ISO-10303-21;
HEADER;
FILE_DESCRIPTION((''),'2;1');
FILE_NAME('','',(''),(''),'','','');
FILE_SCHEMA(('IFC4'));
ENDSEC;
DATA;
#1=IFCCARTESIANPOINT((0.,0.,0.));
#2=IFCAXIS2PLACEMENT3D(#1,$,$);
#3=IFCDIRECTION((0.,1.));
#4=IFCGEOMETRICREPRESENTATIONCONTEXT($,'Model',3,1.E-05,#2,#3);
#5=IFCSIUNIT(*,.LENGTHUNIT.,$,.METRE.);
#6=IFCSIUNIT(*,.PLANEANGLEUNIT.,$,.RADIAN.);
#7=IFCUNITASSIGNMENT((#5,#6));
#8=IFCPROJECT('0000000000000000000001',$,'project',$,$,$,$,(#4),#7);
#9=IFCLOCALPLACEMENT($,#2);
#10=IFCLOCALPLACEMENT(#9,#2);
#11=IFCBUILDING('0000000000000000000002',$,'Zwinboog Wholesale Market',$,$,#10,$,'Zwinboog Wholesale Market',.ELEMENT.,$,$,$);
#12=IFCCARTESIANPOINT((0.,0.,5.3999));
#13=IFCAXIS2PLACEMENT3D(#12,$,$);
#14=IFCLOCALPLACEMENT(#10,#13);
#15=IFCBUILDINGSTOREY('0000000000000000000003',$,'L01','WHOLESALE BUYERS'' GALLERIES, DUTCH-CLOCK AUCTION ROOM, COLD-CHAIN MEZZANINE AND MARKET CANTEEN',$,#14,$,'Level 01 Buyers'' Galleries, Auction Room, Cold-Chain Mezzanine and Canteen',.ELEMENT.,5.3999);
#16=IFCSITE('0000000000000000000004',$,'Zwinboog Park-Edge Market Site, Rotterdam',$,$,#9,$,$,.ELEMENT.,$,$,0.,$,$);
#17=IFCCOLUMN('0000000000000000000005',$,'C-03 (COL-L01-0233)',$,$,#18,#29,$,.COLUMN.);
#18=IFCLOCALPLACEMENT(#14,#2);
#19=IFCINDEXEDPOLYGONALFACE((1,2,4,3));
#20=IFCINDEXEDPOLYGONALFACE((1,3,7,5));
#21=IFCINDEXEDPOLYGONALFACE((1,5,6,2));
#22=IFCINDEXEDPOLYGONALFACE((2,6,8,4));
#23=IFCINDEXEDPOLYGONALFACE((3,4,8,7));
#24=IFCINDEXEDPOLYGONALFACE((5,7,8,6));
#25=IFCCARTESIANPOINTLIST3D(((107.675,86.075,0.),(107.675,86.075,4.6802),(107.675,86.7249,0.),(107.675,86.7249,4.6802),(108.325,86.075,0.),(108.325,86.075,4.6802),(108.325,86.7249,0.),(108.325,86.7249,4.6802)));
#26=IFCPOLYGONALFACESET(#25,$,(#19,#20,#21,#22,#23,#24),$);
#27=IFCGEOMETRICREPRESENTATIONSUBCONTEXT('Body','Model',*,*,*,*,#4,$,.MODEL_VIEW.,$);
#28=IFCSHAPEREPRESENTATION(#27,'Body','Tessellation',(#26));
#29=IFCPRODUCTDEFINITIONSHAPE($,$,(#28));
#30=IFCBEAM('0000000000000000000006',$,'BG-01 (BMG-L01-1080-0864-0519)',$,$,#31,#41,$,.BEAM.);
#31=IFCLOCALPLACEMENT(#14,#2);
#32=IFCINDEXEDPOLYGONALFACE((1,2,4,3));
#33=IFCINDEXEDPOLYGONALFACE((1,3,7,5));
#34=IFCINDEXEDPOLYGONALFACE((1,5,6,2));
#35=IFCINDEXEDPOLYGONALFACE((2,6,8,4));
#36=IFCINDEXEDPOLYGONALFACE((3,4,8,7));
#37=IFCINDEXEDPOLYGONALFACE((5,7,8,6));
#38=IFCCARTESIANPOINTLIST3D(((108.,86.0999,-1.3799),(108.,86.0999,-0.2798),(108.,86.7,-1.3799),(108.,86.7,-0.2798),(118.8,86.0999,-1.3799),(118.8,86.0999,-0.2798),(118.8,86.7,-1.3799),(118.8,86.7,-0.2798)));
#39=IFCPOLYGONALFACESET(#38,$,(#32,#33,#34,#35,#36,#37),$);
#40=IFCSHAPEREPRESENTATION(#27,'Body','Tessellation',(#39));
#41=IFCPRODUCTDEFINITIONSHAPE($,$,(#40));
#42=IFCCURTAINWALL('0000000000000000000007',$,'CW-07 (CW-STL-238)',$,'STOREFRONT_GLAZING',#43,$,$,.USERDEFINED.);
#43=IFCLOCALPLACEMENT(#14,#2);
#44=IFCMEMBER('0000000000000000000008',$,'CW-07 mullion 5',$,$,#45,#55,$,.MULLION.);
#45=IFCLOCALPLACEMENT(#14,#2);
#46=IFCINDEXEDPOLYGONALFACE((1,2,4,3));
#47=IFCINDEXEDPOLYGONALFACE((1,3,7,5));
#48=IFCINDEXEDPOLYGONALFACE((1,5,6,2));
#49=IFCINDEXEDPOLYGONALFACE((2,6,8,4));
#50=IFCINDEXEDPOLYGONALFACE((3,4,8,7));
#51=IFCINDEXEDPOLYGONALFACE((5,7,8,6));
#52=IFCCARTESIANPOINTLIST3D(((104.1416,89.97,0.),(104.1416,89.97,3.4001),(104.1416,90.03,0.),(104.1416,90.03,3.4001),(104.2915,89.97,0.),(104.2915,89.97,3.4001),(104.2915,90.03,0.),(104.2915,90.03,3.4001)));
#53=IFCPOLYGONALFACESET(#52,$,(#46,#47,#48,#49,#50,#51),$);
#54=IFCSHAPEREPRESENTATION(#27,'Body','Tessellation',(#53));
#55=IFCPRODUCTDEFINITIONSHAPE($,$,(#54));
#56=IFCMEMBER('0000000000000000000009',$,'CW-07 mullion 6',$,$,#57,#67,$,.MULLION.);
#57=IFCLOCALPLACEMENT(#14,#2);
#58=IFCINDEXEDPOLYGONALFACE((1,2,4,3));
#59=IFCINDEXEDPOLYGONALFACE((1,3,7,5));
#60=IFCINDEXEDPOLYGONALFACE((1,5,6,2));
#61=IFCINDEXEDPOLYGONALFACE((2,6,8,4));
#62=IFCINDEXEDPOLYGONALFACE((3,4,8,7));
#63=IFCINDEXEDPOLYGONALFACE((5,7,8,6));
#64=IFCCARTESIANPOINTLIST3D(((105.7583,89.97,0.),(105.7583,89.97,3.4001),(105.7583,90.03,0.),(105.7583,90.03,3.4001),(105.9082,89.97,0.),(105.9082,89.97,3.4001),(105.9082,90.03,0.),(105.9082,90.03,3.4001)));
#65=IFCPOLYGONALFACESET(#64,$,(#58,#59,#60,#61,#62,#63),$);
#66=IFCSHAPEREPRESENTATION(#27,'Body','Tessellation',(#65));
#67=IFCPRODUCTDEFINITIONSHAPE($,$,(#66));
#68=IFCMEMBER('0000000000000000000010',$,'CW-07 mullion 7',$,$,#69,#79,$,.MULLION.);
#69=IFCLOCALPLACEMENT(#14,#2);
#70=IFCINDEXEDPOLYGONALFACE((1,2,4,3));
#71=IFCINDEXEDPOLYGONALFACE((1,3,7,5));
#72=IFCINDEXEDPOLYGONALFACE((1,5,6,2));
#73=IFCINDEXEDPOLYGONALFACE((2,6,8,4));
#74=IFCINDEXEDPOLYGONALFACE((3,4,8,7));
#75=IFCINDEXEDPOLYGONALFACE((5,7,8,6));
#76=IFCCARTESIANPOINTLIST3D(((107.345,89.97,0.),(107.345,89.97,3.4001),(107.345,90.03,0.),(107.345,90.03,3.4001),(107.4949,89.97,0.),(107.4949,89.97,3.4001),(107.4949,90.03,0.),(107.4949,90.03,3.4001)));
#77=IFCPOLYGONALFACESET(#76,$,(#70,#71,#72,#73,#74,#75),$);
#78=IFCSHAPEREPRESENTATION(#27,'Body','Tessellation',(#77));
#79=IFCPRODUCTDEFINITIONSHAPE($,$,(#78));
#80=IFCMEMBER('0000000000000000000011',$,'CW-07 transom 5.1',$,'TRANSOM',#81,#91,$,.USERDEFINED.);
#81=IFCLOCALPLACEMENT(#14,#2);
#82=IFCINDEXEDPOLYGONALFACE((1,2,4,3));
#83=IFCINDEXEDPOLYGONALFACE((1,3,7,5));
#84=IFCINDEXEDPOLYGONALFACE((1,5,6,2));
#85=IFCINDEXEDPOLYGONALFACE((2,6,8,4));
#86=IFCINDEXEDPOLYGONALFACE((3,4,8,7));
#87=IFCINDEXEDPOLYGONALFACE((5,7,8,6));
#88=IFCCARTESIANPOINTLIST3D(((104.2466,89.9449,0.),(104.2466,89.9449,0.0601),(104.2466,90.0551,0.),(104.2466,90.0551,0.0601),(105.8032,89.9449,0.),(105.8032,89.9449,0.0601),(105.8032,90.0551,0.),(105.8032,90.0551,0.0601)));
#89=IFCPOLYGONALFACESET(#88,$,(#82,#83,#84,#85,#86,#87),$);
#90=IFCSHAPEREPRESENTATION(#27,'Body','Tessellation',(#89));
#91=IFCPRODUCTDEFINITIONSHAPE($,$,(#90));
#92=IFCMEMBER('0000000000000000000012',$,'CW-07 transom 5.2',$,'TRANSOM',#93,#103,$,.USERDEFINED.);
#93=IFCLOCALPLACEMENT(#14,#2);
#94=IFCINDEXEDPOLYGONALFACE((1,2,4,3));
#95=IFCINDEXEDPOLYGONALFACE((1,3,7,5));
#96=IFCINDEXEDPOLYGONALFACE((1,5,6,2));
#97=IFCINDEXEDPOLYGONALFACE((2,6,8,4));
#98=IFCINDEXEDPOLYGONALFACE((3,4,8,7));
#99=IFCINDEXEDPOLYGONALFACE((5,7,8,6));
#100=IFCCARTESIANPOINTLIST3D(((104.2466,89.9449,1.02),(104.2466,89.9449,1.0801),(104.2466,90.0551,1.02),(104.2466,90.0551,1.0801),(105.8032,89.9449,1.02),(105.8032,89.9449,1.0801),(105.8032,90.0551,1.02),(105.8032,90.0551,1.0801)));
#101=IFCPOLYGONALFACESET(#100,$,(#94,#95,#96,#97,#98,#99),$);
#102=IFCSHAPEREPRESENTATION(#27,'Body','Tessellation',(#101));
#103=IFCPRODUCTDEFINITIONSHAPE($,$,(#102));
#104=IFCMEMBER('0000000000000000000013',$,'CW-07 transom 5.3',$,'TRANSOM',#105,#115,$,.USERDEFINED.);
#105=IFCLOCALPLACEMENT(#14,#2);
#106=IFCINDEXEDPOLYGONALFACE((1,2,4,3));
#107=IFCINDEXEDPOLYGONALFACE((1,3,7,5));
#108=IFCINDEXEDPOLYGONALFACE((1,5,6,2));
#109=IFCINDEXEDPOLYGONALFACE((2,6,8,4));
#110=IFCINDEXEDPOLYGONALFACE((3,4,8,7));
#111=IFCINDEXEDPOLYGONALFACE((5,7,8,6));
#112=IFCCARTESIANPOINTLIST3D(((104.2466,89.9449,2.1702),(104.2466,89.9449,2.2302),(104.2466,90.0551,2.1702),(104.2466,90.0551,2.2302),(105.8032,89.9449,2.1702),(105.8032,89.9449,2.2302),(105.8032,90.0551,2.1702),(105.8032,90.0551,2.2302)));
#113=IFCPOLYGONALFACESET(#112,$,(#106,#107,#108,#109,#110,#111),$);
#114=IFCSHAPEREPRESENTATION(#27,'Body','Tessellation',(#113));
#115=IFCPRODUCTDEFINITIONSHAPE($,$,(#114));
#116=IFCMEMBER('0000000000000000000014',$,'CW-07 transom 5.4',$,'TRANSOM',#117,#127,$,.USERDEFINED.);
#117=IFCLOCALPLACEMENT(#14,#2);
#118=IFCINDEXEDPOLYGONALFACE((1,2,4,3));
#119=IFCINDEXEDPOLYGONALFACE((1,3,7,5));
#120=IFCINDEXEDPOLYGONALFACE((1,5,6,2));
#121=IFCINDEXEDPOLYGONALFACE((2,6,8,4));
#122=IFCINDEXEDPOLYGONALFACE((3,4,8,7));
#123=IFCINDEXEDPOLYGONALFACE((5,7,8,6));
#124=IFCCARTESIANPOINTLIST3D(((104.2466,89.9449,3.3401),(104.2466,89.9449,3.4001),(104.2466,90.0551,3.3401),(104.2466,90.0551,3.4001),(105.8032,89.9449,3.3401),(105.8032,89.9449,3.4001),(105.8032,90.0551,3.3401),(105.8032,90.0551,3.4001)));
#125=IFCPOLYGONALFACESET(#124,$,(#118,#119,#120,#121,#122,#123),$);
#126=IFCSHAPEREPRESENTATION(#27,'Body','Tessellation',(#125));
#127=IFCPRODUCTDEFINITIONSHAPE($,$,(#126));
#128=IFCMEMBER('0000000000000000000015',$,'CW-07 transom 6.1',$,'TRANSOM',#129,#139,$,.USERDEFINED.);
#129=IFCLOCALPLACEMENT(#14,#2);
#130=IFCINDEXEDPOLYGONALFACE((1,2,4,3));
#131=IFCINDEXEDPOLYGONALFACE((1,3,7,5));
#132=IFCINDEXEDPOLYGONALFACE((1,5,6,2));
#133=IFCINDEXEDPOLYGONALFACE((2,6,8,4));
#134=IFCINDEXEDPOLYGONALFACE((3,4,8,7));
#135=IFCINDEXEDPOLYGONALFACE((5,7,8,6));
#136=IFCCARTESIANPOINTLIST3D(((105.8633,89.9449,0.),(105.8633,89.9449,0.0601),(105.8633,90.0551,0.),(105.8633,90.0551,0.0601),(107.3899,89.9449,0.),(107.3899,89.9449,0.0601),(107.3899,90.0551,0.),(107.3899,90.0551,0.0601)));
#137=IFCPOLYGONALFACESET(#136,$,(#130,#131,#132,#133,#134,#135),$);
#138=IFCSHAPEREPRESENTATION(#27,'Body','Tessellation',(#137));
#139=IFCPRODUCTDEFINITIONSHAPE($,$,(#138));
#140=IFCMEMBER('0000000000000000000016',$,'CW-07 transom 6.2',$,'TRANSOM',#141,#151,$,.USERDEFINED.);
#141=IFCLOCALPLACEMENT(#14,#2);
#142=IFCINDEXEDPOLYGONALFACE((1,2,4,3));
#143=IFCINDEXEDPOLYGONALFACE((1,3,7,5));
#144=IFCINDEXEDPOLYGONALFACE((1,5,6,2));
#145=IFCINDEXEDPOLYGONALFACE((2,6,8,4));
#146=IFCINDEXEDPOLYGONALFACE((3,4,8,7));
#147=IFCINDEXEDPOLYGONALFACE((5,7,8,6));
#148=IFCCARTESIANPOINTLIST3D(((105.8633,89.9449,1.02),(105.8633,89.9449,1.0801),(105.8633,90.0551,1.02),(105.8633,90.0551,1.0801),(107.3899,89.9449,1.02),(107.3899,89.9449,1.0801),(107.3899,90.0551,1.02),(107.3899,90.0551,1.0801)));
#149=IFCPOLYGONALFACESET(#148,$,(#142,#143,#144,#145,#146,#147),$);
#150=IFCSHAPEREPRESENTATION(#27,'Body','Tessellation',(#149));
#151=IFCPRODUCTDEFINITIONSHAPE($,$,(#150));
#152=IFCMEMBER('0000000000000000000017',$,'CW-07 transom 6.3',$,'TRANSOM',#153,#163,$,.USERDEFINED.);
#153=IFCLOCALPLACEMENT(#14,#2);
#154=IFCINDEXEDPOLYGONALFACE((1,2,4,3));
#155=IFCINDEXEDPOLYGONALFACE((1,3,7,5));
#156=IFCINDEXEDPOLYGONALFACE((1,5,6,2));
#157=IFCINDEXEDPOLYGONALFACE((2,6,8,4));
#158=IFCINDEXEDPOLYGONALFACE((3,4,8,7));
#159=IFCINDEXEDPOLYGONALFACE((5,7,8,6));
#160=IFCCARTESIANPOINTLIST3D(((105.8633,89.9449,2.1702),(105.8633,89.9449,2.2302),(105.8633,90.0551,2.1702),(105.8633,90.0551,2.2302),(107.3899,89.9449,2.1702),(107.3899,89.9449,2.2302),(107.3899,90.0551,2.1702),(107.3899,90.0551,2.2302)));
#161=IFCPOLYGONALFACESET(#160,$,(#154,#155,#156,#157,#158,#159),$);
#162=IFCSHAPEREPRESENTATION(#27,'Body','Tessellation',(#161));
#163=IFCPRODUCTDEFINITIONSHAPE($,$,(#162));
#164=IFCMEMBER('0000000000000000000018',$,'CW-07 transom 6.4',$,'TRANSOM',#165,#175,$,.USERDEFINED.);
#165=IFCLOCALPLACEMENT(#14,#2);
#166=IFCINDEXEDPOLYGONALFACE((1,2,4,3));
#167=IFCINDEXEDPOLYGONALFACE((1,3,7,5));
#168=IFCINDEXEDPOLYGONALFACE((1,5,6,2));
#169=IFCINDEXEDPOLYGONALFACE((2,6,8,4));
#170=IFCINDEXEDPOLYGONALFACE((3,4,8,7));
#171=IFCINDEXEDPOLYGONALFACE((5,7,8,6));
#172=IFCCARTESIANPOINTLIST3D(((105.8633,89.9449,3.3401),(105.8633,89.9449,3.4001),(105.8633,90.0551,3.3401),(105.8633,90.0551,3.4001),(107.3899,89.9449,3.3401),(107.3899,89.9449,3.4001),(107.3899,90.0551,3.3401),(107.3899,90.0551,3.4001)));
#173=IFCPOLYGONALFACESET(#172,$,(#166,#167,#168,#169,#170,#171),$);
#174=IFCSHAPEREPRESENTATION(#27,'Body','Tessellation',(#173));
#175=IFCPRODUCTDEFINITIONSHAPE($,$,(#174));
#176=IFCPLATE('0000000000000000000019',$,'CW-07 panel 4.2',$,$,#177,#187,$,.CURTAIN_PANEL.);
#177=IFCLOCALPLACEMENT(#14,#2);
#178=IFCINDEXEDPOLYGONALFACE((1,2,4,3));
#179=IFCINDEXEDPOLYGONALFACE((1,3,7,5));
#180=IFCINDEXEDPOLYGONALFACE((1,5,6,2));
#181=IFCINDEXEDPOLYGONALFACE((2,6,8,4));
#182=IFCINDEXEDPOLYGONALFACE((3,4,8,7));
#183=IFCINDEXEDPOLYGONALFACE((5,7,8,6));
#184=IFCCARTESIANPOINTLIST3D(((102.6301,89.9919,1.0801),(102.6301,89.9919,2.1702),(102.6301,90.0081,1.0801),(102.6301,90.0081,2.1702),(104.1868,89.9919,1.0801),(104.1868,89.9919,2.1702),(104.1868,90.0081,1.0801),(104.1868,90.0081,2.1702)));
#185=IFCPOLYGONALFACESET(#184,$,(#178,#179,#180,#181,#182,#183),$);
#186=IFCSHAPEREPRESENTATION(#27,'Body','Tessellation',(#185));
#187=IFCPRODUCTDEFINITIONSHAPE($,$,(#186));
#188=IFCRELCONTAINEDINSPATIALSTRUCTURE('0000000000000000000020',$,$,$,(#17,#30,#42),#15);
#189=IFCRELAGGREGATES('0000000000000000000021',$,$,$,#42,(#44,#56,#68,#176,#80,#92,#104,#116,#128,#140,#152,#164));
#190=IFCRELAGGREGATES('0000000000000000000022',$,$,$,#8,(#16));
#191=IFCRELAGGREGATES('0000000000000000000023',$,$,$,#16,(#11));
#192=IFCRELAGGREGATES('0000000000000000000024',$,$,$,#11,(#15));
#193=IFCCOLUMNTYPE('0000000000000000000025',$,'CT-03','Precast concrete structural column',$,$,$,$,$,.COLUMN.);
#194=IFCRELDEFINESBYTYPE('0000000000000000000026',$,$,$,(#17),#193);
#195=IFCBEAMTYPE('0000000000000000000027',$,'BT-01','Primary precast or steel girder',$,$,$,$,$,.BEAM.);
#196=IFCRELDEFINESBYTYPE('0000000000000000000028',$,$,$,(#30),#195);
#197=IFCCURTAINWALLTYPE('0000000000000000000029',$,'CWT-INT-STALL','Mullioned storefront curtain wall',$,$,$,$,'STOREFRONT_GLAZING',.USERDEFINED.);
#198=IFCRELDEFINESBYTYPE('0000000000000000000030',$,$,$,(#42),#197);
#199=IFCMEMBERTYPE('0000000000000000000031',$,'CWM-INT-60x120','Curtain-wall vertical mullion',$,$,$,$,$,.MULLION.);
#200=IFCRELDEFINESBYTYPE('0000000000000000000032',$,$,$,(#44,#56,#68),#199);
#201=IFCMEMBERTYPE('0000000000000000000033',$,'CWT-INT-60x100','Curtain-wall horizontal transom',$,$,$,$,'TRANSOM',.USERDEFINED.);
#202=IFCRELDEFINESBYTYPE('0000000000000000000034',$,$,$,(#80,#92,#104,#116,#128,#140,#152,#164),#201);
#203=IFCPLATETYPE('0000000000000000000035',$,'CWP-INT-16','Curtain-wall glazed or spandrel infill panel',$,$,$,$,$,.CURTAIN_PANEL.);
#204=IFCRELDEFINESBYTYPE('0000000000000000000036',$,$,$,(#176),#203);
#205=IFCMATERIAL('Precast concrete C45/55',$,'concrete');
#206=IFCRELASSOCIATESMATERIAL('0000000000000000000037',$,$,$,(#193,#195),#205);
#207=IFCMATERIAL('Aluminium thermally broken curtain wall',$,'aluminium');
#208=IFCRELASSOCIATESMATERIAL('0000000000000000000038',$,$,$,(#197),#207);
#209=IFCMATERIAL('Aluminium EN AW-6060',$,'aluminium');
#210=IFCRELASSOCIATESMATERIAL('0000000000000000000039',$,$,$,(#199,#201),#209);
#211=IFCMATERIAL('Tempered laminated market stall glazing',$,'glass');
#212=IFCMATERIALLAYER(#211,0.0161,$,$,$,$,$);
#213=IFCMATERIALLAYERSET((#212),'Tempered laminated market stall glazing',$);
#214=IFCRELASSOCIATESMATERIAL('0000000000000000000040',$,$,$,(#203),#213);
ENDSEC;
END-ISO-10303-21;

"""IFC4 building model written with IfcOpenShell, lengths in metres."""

from ifc_helpers import new_model, si_unit, direction, frame, origin, origin_2d, place, context, subcontext, project, spatial, rectangle, extrude, material, layer, layer_set, material_profile, profile_set, type_object, element, aggregate, save


model = new_model("IFC4")

# Units and contexts
model_context = context("Model", 3, precision=1e-05, world=origin(), true_north=direction((0.0, 1.0)))
body_context = subcontext(model_context, "Body", "Model", "MODEL_VIEW")
ifc_project = project(units=[si_unit("LENGTHUNIT", "METRE"), si_unit("PLANEANGLEUNIT", "RADIAN")], contexts=[model_context])

# Site, building, storey
site_placement = place(None, origin())
site = spatial("IfcSite", under=ifc_project, at=site_placement, Name="Zwinboog Park-Edge Market Site, Rotterdam", CompositionType="ELEMENT", RefElevation=0.0)
building_placement = place(site_placement, origin())
building = spatial("IfcBuilding", under=site, at=building_placement, Name="Zwinboog Wholesale Market", LongName="Zwinboog Wholesale Market", CompositionType="ELEMENT")
storey_placement = place(building_placement, frame((0.0, 0.0, 5.3999)))
storey = spatial("IfcBuildingStorey", under=building, at=storey_placement, Name="L01", Description="WHOLESALE BUYERS' GALLERIES, DUTCH-CLOCK AUCTION ROOM, COLD-CHAIN MEZZANINE AND MARKET CANTEEN", LongName="Level 01 Buyers' Galleries, Auction Room, Cold-Chain Mezzanine and Canteen", CompositionType="ELEMENT", Elevation=5.3999)

# Column
ifc_material_1 = material(Name="Precast concrete C45/55", Category="concrete")
ifc_material_profile_1 = material_profile(ifc_material_1, rectangle(XDim=0.6499, YDim=0.6499, at=origin_2d()), Name="PC 650x650")
ifc_profile_set_1 = profile_set([ifc_material_profile_1], Name="Precast concrete C45/55")
column_type = type_object("IfcColumnType", Name="CT-03", Description="Precast concrete structural column", PredefinedType="COLUMN", material=ifc_profile_set_1)
column_placement = place(storey_placement, frame((108.0, 86.3999, 0.0), z_axis=(0.0, 0.0, 1.0), x_axis=(1.0, 0.0, 0.0)))
element("IfcColumn", 1, at=column_placement, inside=storey, type_object=column_type, Name="C-03 (COL-L01-0233)", PredefinedType="COLUMN", context=body_context, shape_type="SweptSolid", body=[
    extrude(rectangle(XDim=0.6499, YDim=0.6499, at=origin_2d()), origin(), (0.0, 0.0, 1.0), 4.6802),
])

# Beam
ifc_material_profile_2 = material_profile(ifc_material_1, rectangle(XDim=0.6001, YDim=1.1001, at=origin_2d()), Name="PC 600x1100")
ifc_profile_set_2 = profile_set([ifc_material_profile_2], Name="Precast concrete C45/55")
beam_type = type_object("IfcBeamType", Name="BT-01", Description="Primary precast or steel girder", PredefinedType="BEAM", material=ifc_profile_set_2)
beam_placement = place(storey_placement, frame((108.0, 86.3999, -0.8298), z_axis=(1.0, 0.0, 0.0), x_axis=(0.0, 1.0, 0.0)))
element("IfcBeam", 2, at=beam_placement, inside=storey, type_object=beam_type, Name="BG-01 (BMG-L01-1080-0864-0519)", PredefinedType="BEAM", context=body_context, shape_type="SweptSolid", body=[
    extrude(rectangle(XDim=0.6001, YDim=1.1001, at=origin_2d()), origin(), (0.0, 0.0, 1.0), 10.8),
])

# Curtain wall, members, plate
ifc_material_2 = material(Name="Aluminium thermally broken curtain wall", Category="aluminium")
curtain_wall_type = type_object("IfcCurtainWallType", Name="CWT-INT-STALL", Description="Mullioned storefront curtain wall", ElementType="STOREFRONT_GLAZING", PredefinedType="USERDEFINED", material=ifc_material_2)
curtain_wall_placement = place(storey_placement, origin())
curtain_wall = element("IfcCurtainWall", 3, at=curtain_wall_placement, inside=storey, type_object=curtain_wall_type, Name="CW-07 (CW-STL-238)", ObjectType="STOREFRONT_GLAZING", PredefinedType="USERDEFINED")
ifc_material_3 = material(Name="Aluminium EN AW-6060", Category="aluminium")
ifc_material_profile_3 = material_profile(ifc_material_3, rectangle(XDim=0.0601, YDim=0.1499, at=origin_2d()), Name="AL 60x150")
ifc_profile_set_3 = profile_set([ifc_material_profile_3], Name="Aluminium EN AW-6060")
member_type_1 = type_object("IfcMemberType", Name="CWM-INT-60x120", Description="Curtain-wall vertical mullion", PredefinedType="MULLION", material=ifc_profile_set_3)
member_1_placement = place(storey_placement, frame((104.2166, 90.0, 0.0), z_axis=(0.0, 0.0, 1.0), x_axis=(0.0, 1.0, 0.0)))
member_1 = element("IfcMember", 4, at=member_1_placement, type_object=member_type_1, Name="CW-07 mullion 5", PredefinedType="MULLION", context=body_context, shape_type="SweptSolid", body=[
    extrude(rectangle(XDim=0.0601, YDim=0.1499, at=origin_2d()), origin(), (0.0, 0.0, 1.0), 3.4001),
])
member_2_placement = place(storey_placement, frame((105.8333, 90.0, 0.0), z_axis=(0.0, 0.0, 1.0), x_axis=(0.0, 1.0, 0.0)))
member_2 = element("IfcMember", 5, at=member_2_placement, type_object=member_type_1, Name="CW-07 mullion 6", PredefinedType="MULLION", context=body_context, shape_type="SweptSolid", body=[
    extrude(rectangle(XDim=0.0601, YDim=0.1499, at=origin_2d()), origin(), (0.0, 0.0, 1.0), 3.4001),
])
member_3_placement = place(storey_placement, frame((107.4199, 90.0, 0.0), z_axis=(0.0, 0.0, 1.0), x_axis=(0.0, 1.0, 0.0)))
member_3 = element("IfcMember", 6, at=member_3_placement, type_object=member_type_1, Name="CW-07 mullion 7", PredefinedType="MULLION", context=body_context, shape_type="SweptSolid", body=[
    extrude(rectangle(XDim=0.0601, YDim=0.1499, at=origin_2d()), origin(), (0.0, 0.0, 1.0), 3.4001),
])
ifc_material_profile_4 = material_profile(ifc_material_3, rectangle(XDim=0.1101, YDim=0.0601, at=origin_2d()), Name="AL 60x110")
ifc_profile_set_4 = profile_set([ifc_material_profile_4], Name="Aluminium EN AW-6060")
member_type_2 = type_object("IfcMemberType", Name="CWT-INT-60x100", Description="Curtain-wall horizontal transom", ElementType="TRANSOM", PredefinedType="USERDEFINED", material=ifc_profile_set_4)
member_4_placement = place(storey_placement, frame((104.2466, 90.0, 0.03), z_axis=(1.0, 0.0, 0.0), x_axis=(0.0, 1.0, 0.0)))
member_4 = element("IfcMember", 7, at=member_4_placement, type_object=member_type_2, Name="CW-07 transom 5.1", ObjectType="TRANSOM", PredefinedType="USERDEFINED", context=body_context, shape_type="SweptSolid", body=[
    extrude(rectangle(XDim=0.1101, YDim=0.0601, at=origin_2d()), origin(), (0.0, 0.0, 1.0), 1.5566),
])
member_5_placement = place(storey_placement, frame((104.2466, 90.0, 1.05), z_axis=(1.0, 0.0, 0.0), x_axis=(0.0, 1.0, 0.0)))
member_5 = element("IfcMember", 8, at=member_5_placement, type_object=member_type_2, Name="CW-07 transom 5.2", ObjectType="TRANSOM", PredefinedType="USERDEFINED", context=body_context, shape_type="SweptSolid", body=[
    extrude(rectangle(XDim=0.1101, YDim=0.0601, at=origin_2d()), origin(), (0.0, 0.0, 1.0), 1.5566),
])
member_6_placement = place(storey_placement, frame((104.2466, 90.0, 2.2002), z_axis=(1.0, 0.0, 0.0), x_axis=(0.0, 1.0, 0.0)))
member_6 = element("IfcMember", 9, at=member_6_placement, type_object=member_type_2, Name="CW-07 transom 5.3", ObjectType="TRANSOM", PredefinedType="USERDEFINED", context=body_context, shape_type="SweptSolid", body=[
    extrude(rectangle(XDim=0.1101, YDim=0.0601, at=origin_2d()), origin(), (0.0, 0.0, 1.0), 1.5566),
])
member_7_placement = place(storey_placement, frame((104.2466, 90.0, 3.3701), z_axis=(1.0, 0.0, 0.0), x_axis=(0.0, 1.0, 0.0)))
member_7 = element("IfcMember", 10, at=member_7_placement, type_object=member_type_2, Name="CW-07 transom 5.4", ObjectType="TRANSOM", PredefinedType="USERDEFINED", context=body_context, shape_type="SweptSolid", body=[
    extrude(rectangle(XDim=0.1101, YDim=0.0601, at=origin_2d()), origin(), (0.0, 0.0, 1.0), 1.5566),
])
member_8_placement = place(storey_placement, frame((105.8633, 90.0, 0.03), z_axis=(1.0, 0.0, 0.0), x_axis=(0.0, 1.0, 0.0)))
member_8 = element("IfcMember", 11, at=member_8_placement, type_object=member_type_2, Name="CW-07 transom 6.1", ObjectType="TRANSOM", PredefinedType="USERDEFINED", context=body_context, shape_type="SweptSolid", body=[
    extrude(rectangle(XDim=0.1101, YDim=0.0601, at=origin_2d()), origin(), (0.0, 0.0, 1.0), 1.5266),
])
member_9_placement = place(storey_placement, frame((105.8633, 90.0, 1.05), z_axis=(1.0, 0.0, 0.0), x_axis=(0.0, 1.0, 0.0)))
member_9 = element("IfcMember", 12, at=member_9_placement, type_object=member_type_2, Name="CW-07 transom 6.2", ObjectType="TRANSOM", PredefinedType="USERDEFINED", context=body_context, shape_type="SweptSolid", body=[
    extrude(rectangle(XDim=0.1101, YDim=0.0601, at=origin_2d()), origin(), (0.0, 0.0, 1.0), 1.5266),
])
member_10_placement = place(storey_placement, frame((105.8633, 90.0, 2.2002), z_axis=(1.0, 0.0, 0.0), x_axis=(0.0, 1.0, 0.0)))
member_10 = element("IfcMember", 13, at=member_10_placement, type_object=member_type_2, Name="CW-07 transom 6.3", ObjectType="TRANSOM", PredefinedType="USERDEFINED", context=body_context, shape_type="SweptSolid", body=[
    extrude(rectangle(XDim=0.1101, YDim=0.0601, at=origin_2d()), origin(), (0.0, 0.0, 1.0), 1.5266),
])
member_11_placement = place(storey_placement, frame((105.8633, 90.0, 3.3701), z_axis=(1.0, 0.0, 0.0), x_axis=(0.0, 1.0, 0.0)))
member_11 = element("IfcMember", 14, at=member_11_placement, type_object=member_type_2, Name="CW-07 transom 6.4", ObjectType="TRANSOM", PredefinedType="USERDEFINED", context=body_context, shape_type="SweptSolid", body=[
    extrude(rectangle(XDim=0.1101, YDim=0.0601, at=origin_2d()), origin(), (0.0, 0.0, 1.0), 1.5266),
])
ifc_material_4 = material(Name="Tempered laminated market stall glazing", Category="glass")
ifc_layer = layer(ifc_material_4, 0.0161)
ifc_layer_set = layer_set([ifc_layer], Name="Tempered laminated market stall glazing")
plate_type = type_object("IfcPlateType", Name="CWP-INT-16", Description="Curtain-wall glazed or spandrel infill panel", PredefinedType="CURTAIN_PANEL", material=ifc_layer_set)
plate_1_placement = place(storey_placement, frame((103.4084, 90.0, 1.0801), z_axis=(0.0, 0.0, 1.0), x_axis=(1.0, 0.0, 0.0)))
plate_1 = element("IfcPlate", 15, at=plate_1_placement, type_object=plate_type, Name="CW-07 panel 4.2", PredefinedType="CURTAIN_PANEL", context=body_context, shape_type="SweptSolid", body=[
    extrude(rectangle(XDim=1.5566, YDim=0.0161, at=origin_2d()), origin(), (0.0, 0.0, 1.0), 1.0901),
])
aggregate(curtain_wall, [member_1, member_2, member_3, plate_1, member_4, member_5, member_6, member_7, member_8, member_9, member_10, member_11])

save(model, "model.ifc")
